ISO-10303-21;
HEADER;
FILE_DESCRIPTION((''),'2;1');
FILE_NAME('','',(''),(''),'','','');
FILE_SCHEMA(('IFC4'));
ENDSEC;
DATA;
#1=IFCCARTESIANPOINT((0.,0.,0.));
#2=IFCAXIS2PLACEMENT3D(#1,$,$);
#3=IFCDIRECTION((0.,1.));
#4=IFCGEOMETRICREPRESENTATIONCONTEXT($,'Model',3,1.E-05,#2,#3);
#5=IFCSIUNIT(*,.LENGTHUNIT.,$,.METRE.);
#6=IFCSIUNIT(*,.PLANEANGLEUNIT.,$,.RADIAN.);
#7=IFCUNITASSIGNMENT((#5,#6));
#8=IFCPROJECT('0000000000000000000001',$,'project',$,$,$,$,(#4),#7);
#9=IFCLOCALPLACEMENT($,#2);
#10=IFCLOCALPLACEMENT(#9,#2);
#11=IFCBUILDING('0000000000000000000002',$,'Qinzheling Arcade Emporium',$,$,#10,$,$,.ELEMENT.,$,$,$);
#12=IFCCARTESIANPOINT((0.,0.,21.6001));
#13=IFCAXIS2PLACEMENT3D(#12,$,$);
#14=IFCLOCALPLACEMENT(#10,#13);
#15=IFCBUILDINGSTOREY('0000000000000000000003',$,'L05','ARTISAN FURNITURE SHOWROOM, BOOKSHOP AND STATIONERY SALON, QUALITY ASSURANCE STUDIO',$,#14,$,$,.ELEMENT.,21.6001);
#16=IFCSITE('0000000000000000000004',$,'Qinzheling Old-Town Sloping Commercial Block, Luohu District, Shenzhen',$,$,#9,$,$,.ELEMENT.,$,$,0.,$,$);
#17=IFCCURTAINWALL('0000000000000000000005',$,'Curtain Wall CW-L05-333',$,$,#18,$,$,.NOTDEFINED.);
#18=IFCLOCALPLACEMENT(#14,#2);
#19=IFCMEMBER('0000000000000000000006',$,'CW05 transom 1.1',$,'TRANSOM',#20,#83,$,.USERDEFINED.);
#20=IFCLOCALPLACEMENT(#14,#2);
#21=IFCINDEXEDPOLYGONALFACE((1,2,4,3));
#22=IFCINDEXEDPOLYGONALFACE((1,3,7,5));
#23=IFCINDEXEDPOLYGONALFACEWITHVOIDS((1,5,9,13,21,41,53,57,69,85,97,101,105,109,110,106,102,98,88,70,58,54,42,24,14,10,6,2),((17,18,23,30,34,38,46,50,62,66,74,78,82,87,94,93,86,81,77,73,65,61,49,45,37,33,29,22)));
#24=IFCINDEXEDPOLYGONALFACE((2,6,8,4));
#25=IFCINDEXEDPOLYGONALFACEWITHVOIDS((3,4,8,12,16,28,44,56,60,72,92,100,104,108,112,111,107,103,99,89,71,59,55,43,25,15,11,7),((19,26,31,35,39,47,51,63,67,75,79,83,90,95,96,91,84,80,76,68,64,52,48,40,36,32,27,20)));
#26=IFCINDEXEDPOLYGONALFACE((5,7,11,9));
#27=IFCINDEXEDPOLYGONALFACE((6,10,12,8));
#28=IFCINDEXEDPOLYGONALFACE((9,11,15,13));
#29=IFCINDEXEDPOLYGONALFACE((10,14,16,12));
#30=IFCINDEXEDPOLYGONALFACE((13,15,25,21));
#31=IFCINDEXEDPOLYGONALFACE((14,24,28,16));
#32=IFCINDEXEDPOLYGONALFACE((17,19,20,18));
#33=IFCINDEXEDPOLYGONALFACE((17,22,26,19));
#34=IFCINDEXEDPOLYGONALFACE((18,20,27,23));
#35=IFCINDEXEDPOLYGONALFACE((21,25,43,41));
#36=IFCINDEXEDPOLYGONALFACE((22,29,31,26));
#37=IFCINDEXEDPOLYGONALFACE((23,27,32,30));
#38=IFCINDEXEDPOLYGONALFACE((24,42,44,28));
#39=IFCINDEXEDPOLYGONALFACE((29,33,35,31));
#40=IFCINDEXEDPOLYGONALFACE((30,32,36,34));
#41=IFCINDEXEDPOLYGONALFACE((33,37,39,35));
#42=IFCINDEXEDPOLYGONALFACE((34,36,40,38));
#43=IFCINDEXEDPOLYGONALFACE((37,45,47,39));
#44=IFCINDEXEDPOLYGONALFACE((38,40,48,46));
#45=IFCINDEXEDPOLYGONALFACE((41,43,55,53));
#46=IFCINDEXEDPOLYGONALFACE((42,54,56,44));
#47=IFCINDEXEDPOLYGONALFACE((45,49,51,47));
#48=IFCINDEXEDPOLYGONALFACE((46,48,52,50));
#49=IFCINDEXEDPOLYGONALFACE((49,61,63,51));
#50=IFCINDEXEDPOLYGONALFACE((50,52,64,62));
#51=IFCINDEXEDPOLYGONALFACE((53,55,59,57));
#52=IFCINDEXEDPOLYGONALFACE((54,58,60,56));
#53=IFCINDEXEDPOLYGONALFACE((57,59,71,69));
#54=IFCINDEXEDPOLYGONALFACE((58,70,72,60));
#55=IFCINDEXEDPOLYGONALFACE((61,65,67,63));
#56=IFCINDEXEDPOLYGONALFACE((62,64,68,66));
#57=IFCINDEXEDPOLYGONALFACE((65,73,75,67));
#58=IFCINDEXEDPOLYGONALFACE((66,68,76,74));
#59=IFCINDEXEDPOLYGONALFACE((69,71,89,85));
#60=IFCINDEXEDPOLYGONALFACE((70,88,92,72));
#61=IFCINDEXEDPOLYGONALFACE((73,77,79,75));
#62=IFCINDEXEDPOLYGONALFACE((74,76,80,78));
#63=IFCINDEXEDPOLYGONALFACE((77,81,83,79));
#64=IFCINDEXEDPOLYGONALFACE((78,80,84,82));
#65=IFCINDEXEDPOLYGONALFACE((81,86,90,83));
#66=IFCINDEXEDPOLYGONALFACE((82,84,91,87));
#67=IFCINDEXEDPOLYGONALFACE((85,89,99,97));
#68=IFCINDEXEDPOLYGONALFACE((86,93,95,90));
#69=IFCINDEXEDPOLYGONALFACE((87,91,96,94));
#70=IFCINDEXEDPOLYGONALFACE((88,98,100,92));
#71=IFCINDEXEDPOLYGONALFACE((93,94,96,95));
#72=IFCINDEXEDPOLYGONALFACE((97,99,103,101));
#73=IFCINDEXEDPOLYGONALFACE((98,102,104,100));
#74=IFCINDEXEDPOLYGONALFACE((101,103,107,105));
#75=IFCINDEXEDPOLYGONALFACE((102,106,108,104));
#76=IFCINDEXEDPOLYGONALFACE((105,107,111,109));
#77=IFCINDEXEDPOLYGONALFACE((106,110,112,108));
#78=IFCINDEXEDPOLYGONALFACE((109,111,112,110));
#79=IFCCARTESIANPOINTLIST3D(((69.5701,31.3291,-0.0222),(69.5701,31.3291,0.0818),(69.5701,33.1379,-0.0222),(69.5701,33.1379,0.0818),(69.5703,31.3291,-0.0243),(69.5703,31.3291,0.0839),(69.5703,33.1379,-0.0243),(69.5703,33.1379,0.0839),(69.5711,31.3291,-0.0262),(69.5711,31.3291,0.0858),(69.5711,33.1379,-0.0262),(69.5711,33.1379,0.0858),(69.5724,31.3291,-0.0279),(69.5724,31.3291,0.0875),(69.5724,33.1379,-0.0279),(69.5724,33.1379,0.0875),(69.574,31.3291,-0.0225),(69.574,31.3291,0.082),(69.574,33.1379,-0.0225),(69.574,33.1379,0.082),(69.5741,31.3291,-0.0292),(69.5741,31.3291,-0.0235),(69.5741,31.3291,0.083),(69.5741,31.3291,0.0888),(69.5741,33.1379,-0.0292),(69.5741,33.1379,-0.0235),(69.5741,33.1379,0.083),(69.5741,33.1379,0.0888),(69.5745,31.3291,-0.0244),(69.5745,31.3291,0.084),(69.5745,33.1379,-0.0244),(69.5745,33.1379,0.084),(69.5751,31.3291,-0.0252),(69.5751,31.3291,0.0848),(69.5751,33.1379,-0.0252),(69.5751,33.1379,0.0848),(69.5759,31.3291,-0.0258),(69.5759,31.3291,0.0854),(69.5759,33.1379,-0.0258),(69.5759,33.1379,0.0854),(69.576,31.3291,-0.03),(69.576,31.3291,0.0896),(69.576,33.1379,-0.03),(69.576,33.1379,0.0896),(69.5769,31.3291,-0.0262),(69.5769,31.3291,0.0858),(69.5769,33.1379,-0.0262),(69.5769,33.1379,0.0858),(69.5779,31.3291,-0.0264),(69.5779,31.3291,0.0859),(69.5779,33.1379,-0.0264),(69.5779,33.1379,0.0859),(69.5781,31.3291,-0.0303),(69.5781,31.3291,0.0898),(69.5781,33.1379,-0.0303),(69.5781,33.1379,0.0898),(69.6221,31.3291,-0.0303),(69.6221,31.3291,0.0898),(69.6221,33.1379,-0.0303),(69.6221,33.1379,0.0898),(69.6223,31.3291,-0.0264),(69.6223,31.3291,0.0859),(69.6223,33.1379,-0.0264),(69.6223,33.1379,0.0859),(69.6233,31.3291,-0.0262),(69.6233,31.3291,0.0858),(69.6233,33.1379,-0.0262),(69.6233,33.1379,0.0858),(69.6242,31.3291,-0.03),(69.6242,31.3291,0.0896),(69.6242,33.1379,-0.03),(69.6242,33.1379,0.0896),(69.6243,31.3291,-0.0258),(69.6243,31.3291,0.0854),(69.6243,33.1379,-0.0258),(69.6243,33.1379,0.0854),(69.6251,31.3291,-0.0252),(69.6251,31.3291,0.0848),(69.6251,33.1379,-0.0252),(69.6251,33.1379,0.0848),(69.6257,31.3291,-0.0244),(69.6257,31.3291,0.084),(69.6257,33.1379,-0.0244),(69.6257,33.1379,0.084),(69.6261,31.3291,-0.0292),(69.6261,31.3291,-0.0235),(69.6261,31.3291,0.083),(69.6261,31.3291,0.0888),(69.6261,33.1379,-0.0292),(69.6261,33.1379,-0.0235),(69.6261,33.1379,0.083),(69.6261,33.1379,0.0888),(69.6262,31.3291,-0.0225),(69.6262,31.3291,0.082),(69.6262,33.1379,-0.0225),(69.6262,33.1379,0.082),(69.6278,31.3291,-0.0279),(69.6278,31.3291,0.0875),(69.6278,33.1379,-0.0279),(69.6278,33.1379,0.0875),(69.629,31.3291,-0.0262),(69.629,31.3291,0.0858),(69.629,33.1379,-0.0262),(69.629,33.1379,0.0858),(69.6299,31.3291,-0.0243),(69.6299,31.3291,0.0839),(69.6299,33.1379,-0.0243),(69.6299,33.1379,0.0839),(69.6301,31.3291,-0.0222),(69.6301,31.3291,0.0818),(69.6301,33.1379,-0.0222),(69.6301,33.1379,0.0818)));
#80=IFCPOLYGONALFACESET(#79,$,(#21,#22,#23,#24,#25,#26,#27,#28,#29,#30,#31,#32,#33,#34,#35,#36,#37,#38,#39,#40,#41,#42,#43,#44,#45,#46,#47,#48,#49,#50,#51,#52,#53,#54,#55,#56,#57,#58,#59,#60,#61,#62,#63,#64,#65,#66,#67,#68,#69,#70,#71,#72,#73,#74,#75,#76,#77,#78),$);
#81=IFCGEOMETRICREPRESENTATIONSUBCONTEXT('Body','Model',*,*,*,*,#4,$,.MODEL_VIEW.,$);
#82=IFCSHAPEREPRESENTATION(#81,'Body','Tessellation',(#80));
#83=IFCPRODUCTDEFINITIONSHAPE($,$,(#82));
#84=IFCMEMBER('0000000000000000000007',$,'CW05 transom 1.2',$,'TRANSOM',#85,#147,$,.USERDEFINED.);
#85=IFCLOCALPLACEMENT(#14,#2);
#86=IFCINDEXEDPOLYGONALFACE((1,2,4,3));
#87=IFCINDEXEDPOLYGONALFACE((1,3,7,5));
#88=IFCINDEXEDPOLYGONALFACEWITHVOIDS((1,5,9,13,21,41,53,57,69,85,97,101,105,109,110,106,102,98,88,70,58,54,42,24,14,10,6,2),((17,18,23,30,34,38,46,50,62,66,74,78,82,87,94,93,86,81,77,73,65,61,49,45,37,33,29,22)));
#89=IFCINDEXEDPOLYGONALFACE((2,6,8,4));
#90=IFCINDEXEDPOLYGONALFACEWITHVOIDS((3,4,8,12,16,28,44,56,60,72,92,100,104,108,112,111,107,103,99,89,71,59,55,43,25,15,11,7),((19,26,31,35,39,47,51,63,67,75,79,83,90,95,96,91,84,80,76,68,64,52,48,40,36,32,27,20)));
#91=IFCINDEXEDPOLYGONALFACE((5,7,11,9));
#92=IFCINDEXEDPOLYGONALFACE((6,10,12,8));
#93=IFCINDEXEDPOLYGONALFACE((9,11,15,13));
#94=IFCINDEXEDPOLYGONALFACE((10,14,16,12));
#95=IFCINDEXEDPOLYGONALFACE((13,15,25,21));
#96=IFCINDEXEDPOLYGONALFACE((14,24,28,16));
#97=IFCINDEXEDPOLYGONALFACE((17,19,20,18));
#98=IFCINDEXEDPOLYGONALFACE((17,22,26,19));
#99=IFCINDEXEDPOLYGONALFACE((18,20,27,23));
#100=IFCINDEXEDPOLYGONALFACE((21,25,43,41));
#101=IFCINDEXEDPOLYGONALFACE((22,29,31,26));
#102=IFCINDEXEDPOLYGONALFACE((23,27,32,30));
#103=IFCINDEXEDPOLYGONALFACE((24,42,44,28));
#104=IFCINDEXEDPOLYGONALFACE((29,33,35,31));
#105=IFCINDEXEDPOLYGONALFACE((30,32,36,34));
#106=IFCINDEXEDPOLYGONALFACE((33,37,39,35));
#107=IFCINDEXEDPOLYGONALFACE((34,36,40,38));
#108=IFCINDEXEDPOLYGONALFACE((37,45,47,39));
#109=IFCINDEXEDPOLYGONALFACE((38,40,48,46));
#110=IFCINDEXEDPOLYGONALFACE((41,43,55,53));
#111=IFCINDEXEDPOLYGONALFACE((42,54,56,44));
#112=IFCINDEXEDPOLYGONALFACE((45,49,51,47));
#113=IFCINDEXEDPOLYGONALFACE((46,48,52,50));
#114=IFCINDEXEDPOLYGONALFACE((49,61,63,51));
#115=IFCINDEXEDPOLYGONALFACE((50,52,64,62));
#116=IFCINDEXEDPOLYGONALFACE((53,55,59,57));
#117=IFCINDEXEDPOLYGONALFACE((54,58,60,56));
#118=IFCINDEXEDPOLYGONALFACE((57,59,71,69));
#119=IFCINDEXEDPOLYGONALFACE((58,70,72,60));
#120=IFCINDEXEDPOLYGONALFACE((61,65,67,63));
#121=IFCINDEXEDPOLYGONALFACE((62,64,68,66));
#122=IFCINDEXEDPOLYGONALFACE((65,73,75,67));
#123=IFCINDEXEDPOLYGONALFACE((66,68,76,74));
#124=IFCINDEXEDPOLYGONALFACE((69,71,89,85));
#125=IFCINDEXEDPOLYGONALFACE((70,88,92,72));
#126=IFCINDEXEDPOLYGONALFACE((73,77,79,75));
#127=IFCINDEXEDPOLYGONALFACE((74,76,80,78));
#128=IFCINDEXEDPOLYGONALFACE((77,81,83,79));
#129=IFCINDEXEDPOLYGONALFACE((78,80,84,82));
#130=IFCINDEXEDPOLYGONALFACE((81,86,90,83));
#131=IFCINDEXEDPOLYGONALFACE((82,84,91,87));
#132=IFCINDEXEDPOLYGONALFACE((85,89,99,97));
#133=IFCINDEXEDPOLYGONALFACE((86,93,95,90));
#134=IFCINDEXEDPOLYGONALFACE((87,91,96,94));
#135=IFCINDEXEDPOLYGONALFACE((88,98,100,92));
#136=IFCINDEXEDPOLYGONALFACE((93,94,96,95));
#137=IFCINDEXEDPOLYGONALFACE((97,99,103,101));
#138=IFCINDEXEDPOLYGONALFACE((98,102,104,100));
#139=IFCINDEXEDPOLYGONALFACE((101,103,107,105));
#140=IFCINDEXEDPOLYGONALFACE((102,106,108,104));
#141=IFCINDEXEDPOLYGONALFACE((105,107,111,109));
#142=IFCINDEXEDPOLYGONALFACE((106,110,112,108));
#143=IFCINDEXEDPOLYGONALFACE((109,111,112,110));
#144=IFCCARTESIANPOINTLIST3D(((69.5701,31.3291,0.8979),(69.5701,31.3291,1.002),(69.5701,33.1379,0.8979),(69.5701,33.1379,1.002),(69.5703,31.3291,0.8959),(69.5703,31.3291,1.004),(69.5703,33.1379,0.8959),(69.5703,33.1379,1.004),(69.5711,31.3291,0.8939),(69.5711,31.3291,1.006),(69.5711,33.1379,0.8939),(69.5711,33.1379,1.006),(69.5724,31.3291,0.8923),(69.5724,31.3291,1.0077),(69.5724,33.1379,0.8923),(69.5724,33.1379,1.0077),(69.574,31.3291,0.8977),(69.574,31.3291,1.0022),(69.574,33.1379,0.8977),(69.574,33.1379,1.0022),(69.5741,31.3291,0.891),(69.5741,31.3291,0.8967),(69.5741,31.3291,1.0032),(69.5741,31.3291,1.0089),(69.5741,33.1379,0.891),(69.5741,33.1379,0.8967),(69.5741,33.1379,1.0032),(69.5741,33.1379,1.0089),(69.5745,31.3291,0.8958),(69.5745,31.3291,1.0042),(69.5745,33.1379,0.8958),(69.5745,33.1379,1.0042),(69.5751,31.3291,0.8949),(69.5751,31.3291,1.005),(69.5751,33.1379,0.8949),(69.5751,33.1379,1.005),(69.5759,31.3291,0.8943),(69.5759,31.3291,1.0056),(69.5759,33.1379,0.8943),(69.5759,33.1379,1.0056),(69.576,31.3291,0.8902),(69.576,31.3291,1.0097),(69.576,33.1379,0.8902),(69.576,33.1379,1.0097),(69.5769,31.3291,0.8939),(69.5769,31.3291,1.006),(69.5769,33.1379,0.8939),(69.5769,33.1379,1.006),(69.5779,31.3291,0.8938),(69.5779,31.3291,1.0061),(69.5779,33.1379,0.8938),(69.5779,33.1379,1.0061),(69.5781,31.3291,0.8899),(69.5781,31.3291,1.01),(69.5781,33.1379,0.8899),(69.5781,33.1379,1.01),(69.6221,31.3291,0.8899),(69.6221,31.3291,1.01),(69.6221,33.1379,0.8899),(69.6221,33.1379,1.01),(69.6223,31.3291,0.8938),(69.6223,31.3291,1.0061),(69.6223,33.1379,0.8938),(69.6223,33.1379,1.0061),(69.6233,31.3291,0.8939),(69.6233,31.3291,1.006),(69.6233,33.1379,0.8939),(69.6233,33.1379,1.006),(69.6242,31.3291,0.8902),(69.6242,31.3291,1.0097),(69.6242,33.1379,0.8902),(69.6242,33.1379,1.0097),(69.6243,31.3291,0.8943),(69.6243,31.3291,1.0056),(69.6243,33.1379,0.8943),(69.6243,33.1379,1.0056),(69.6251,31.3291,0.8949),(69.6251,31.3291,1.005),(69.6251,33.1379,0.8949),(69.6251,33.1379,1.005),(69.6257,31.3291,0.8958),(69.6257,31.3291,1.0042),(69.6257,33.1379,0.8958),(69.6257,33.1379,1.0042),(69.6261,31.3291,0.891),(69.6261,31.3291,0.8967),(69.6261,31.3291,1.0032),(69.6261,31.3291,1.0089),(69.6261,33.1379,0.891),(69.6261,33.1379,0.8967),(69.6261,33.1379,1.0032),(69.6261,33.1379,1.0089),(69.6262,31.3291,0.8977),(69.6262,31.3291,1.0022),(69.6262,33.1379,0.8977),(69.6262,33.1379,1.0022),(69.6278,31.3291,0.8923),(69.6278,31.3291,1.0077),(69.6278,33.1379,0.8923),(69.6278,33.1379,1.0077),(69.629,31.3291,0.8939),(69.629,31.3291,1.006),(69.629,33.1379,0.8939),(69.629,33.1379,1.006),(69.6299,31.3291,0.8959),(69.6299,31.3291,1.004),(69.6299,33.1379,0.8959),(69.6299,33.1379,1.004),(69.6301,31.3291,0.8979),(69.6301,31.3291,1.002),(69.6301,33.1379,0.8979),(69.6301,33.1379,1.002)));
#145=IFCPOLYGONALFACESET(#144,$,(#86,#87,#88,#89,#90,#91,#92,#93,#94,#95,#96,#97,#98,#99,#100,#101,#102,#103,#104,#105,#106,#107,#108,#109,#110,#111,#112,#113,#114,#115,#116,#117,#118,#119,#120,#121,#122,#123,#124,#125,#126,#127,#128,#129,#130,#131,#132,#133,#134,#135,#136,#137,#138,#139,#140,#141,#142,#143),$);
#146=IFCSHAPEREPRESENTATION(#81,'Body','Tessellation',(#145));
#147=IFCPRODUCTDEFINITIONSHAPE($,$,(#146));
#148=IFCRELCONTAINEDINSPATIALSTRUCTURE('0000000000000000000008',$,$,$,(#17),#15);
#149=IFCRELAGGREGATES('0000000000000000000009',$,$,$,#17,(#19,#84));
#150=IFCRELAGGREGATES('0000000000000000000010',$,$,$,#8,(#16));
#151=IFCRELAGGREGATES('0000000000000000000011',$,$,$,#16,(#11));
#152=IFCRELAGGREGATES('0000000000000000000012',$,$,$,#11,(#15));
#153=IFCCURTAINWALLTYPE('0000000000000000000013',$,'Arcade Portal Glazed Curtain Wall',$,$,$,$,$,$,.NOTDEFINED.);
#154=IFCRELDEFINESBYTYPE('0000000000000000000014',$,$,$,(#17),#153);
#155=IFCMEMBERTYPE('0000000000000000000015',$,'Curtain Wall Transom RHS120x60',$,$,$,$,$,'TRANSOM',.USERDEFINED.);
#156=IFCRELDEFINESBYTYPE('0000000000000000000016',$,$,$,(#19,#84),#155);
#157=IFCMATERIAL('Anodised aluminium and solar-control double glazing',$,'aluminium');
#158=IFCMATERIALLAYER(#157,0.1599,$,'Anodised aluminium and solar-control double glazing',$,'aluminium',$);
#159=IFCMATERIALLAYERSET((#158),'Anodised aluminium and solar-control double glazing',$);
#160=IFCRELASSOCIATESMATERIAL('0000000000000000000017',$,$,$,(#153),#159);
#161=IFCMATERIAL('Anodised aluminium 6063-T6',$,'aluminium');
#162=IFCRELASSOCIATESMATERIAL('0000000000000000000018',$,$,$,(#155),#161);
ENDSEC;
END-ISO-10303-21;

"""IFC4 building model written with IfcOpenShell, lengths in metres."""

from ifc_helpers import new_model, si_unit, direction, frame, origin, origin_2d, place, context, subcontext, project, spatial, hollow_rectangle, extrude, material, layer, layer_set, material_profile, profile_set, type_object, element, aggregate, save


model = new_model("IFC4")

# Units and contexts
model_context = context("Model", 3, precision=1e-05, world=origin(), true_north=direction((0.0, 1.0)))
body_context = subcontext(model_context, "Body", "Model", "MODEL_VIEW")
ifc_project = project(units=[si_unit("LENGTHUNIT", "METRE"), si_unit("PLANEANGLEUNIT", "RADIAN")], contexts=[model_context])

# Site, building, storey
site_placement = place(None, origin())
site = spatial("IfcSite", under=ifc_project, at=site_placement, Name="Qinzheling Old-Town Sloping Commercial Block, Luohu District, Shenzhen", CompositionType="ELEMENT", RefElevation=0.0)
building_placement = place(site_placement, origin())
building = spatial("IfcBuilding", under=site, at=building_placement, Name="Qinzheling Arcade Emporium", CompositionType="ELEMENT")
storey_placement = place(building_placement, frame((0.0, 0.0, 21.6001)))
storey = spatial("IfcBuildingStorey", under=building, at=storey_placement, Name="L05", Description="ARTISAN FURNITURE SHOWROOM, BOOKSHOP AND STATIONERY SALON, QUALITY ASSURANCE STUDIO", CompositionType="ELEMENT", Elevation=21.6001)

# Curtain wall, members
ifc_material_1 = material(Name="Anodised aluminium and solar-control double glazing", Category="aluminium")
ifc_layer_1 = layer(ifc_material_1, 0.1599, Name="Anodised aluminium and solar-control double glazing", Category="aluminium")
ifc_layer_set_1 = layer_set([ifc_layer_1], Name="Anodised aluminium and solar-control double glazing")
curtain_wall_type = type_object("IfcCurtainWallType", Name="Arcade Portal Glazed Curtain Wall", PredefinedType="NOTDEFINED", material=ifc_layer_set_1)
curtain_wall_placement = place(storey_placement, origin())
curtain_wall = element("IfcCurtainWall", 1, at=curtain_wall_placement, inside=storey, type_object=curtain_wall_type, Name="Curtain Wall CW-L05-333", PredefinedType="NOTDEFINED")
ifc_material_2 = material(Name="Anodised aluminium 6063-T6", Category="aluminium")
ifc_material_profile_1 = material_profile(ifc_material_2, hollow_rectangle(XDim=0.0601, YDim=0.1201, WallThickness=0.0039, InnerFilletRadius=0.0039, OuterFilletRadius=0.0081, at=origin_2d()), Name="RHS 120x60x4", Category="aluminium")
ifc_profile_set_1 = profile_set([ifc_material_profile_1], Name="Anodised aluminium 6063-T6")
member_type_1 = type_object("IfcMemberType", Name="Curtain Wall Transom RHS120x60", ElementType="TRANSOM", PredefinedType="USERDEFINED", material=ifc_profile_set_1)
member_1_placement = place(storey_placement, frame((69.6001, 33.1379, 0.0298), z_axis=(0.0, -1.0, 0.0), x_axis=(1.0, 0.0, 0.0)))
member_1 = element("IfcMember", 2, at=member_1_placement, type_object=member_type_1, Name="CW05 transom 1.1", ObjectType="TRANSOM", PredefinedType="USERDEFINED", context=body_context, shape_type="SweptSolid", body=[
    extrude(hollow_rectangle(XDim=0.0601, YDim=0.1201, WallThickness=0.0039, InnerFilletRadius=0.0039, OuterFilletRadius=0.0081, at=origin_2d()), origin(), (0.0, 0.0, 1.0), 1.8088),
])
member_2_placement = place(storey_placement, frame((69.6001, 33.1379, 0.95), z_axis=(0.0, -1.0, 0.0), x_axis=(1.0, 0.0, 0.0)))
member_2 = element("IfcMember", 3, at=member_2_placement, type_object=member_type_1, Name="CW05 transom 1.2", ObjectType="TRANSOM", PredefinedType="USERDEFINED", context=body_context, shape_type="SweptSolid", body=[
    extrude(hollow_rectangle(XDim=0.0601, YDim=0.1201, WallThickness=0.0039, InnerFilletRadius=0.0039, OuterFilletRadius=0.0081, at=origin_2d()), origin(), (0.0, 0.0, 1.0), 1.8088),
])

aggregate(curtain_wall, [member_1, member_2])

save(model, "model.ifc")
